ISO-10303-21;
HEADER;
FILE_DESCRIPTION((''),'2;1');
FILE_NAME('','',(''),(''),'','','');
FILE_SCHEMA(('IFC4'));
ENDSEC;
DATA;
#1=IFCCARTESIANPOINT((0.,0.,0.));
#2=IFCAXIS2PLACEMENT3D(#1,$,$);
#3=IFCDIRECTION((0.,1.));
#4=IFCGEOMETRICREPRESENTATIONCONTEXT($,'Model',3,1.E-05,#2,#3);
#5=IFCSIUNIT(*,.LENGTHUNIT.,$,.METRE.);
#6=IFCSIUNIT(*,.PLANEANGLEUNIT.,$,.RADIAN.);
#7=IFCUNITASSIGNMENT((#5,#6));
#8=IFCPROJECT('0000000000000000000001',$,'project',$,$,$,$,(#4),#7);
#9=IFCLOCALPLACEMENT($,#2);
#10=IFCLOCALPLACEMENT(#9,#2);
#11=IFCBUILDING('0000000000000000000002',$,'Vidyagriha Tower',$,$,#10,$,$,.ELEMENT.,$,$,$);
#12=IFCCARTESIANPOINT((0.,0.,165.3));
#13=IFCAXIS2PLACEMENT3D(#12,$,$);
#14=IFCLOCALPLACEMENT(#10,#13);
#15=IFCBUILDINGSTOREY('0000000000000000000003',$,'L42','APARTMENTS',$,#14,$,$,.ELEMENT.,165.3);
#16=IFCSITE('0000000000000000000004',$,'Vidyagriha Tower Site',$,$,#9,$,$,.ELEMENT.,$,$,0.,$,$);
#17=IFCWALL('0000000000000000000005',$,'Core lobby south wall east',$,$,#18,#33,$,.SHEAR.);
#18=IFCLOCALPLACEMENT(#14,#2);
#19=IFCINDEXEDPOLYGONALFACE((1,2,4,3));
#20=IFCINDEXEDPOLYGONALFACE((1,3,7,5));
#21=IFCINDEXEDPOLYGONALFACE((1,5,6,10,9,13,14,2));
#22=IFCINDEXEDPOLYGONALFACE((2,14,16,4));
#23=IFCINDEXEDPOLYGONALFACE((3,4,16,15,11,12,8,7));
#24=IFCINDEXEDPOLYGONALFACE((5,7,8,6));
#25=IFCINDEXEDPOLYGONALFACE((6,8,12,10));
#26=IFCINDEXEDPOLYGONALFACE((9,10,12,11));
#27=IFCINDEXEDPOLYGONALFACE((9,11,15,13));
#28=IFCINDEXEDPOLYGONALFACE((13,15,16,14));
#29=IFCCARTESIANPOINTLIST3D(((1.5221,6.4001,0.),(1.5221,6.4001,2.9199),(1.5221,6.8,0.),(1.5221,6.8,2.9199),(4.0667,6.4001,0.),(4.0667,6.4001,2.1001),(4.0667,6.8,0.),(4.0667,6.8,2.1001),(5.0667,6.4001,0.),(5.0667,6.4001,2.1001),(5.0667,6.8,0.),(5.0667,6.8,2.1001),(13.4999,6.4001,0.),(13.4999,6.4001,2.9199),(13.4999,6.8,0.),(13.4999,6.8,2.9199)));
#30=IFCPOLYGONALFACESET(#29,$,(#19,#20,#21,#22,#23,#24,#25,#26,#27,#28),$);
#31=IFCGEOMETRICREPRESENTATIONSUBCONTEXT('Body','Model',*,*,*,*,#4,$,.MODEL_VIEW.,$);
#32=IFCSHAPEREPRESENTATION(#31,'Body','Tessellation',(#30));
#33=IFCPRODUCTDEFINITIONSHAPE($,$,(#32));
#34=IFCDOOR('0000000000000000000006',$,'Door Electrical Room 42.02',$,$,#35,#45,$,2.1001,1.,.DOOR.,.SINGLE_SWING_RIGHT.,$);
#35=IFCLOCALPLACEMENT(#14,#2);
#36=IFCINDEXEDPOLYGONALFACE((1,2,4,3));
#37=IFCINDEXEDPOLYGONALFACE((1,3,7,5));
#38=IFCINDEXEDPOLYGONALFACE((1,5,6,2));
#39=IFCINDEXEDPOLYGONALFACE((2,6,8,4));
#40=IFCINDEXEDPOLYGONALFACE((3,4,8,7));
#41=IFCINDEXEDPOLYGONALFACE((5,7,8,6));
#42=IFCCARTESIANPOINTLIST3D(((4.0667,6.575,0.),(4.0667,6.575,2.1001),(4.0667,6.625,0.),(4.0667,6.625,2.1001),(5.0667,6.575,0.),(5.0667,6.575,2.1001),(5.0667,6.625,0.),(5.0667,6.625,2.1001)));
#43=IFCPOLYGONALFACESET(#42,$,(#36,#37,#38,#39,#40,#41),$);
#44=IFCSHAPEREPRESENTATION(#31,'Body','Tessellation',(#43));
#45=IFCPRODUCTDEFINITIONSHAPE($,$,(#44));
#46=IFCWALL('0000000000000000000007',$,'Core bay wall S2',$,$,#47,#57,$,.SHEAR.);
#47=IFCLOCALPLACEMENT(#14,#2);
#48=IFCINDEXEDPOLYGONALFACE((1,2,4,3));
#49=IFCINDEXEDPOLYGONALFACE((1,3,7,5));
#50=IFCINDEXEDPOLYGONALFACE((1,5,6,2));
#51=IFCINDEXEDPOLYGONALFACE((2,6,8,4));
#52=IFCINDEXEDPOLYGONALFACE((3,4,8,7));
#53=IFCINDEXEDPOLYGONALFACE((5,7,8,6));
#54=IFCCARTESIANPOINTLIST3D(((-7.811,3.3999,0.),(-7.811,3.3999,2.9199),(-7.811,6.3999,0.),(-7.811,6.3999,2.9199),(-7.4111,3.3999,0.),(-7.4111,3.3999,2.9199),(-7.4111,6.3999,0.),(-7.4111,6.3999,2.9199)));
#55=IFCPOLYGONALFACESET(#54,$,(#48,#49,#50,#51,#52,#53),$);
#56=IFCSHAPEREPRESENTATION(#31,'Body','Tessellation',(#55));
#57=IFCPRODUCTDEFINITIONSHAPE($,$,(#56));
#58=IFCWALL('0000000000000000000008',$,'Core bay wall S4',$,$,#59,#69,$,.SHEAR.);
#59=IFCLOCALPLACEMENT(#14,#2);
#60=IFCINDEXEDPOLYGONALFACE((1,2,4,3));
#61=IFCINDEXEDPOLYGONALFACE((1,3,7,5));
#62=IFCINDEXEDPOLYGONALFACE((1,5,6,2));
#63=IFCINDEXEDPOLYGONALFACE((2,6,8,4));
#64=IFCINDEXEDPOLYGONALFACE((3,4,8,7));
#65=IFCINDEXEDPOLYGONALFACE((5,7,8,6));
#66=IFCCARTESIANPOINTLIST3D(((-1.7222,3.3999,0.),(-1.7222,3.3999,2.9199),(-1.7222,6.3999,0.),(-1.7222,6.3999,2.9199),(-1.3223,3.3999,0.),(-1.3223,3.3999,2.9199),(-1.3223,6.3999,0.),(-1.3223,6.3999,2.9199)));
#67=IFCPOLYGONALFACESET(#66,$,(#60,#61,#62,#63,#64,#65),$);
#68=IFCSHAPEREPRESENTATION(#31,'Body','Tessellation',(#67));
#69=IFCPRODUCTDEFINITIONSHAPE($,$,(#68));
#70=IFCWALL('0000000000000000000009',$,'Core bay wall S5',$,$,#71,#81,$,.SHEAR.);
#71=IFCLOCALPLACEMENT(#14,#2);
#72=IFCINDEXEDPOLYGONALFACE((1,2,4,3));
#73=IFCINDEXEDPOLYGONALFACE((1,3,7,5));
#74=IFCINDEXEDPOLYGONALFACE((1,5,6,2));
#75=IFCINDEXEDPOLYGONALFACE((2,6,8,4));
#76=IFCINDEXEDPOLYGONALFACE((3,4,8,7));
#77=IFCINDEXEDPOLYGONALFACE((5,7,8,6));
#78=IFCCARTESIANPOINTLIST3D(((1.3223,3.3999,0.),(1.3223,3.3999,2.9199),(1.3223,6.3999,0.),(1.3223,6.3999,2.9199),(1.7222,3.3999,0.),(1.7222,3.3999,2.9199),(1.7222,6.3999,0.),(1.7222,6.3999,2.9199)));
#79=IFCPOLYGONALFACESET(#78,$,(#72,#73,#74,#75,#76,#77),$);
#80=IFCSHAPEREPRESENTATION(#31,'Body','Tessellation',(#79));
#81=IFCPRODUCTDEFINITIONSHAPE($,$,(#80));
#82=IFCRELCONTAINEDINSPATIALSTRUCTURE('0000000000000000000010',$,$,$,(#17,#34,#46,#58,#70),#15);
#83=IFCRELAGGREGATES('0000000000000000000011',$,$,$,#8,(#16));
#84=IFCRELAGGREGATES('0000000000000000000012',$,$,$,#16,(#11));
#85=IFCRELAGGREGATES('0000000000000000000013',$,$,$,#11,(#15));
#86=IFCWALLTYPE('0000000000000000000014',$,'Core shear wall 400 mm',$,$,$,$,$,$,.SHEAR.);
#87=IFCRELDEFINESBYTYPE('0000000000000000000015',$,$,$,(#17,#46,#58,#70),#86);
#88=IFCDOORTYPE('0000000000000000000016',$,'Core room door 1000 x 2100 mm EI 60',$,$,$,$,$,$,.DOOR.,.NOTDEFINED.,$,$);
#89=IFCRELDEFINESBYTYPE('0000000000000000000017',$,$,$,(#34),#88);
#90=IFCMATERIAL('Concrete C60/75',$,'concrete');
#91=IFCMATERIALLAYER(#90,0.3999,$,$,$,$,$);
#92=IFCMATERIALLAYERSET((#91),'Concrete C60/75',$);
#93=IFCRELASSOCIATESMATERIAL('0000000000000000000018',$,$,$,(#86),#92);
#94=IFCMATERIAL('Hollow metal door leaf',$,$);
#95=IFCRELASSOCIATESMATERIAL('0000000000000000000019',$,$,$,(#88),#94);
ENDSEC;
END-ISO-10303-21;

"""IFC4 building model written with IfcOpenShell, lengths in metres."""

from ifc_helpers import new_model, si_unit, direction, frame, frame_2d, origin, place, context, subcontext, project, spatial, rectangle, extrude, material, layer, layer_set, type_object, element, fill, save


model = new_model("IFC4")

# Units and contexts
model_context = context("Model", 3, precision=1e-05, world=origin(), true_north=direction((0.0, 1.0)))
body_context = subcontext(model_context, "Body", "Model", "MODEL_VIEW")
ifc_project = project(units=[si_unit("LENGTHUNIT", "METRE"), si_unit("PLANEANGLEUNIT", "RADIAN")], contexts=[model_context])

# Site, building, storey
site_placement = place(None, origin())
site = spatial("IfcSite", under=ifc_project, at=site_placement, Name="Vidyagriha Tower Site", CompositionType="ELEMENT", RefElevation=0.0)
building_placement = place(site_placement, origin())
building = spatial("IfcBuilding", under=site, at=building_placement, Name="Vidyagriha Tower", CompositionType="ELEMENT")
storey_placement = place(building_placement, frame((0.0, 0.0, 165.3)))
storey = spatial("IfcBuildingStorey", under=building, at=storey_placement, Name="L42", Description="APARTMENTS", CompositionType="ELEMENT", Elevation=165.3)

# Shared definitions
ifc_material_1 = material(Name="Concrete C60/75", Category="concrete")
ifc_layer_1 = layer(ifc_material_1, 0.3999)
ifc_layer_set_1 = layer_set([ifc_layer_1], Name="Concrete C60/75")
wall_type = type_object("IfcWallType", Name="Core shear wall 400 mm", PredefinedType="SHEAR", material=ifc_layer_set_1)

# Wall, opening, door
ifc_material_2 = material(Name="Hollow metal door leaf")
door_type_1 = type_object("IfcDoorType", Name="Core room door 1000 x 2100 mm EI 60", OperationType="NOTDEFINED", PredefinedType="DOOR", material=ifc_material_2)
wall_1_placement = place(storey_placement, frame((1.5222, 6.6001, 0.0)))
wall_1 = element("IfcWall", 1, at=wall_1_placement, inside=storey, type_object=wall_type, Name="Core lobby south wall east", PredefinedType="SHEAR", context=body_context, shape_type="SweptSolid", body=[
    extrude(rectangle(XDim=11.9778, YDim=0.3999, at=frame_2d((5.9888, 0.0))), origin(), (0.0, 0.0, 1.0), 2.9199),
])
opening_1_placement = place(wall_1_placement, frame((2.5444, 0.0, 0.0)))
opening_1 = element("IfcOpeningElement", 2, at=opening_1_placement, cuts=wall_1, PredefinedType="OPENING", context=body_context, shape_type="SweptSolid", body=[
    extrude(rectangle(XDim=1.0, YDim=2.1001, at=frame_2d((0.5, 1.05))), frame((0.0, 0.21, 0.0), z_axis=(0.0, -1.0, 0.0), x_axis=(1.0, 0.0, 0.0)), (0.0, 0.0, 1.0), 0.4199),
])
door_1_placement = place(opening_1_placement, origin())
door_1 = element("IfcDoor", 3, at=door_1_placement, inside=storey, type_object=door_type_1, Name="Door Electrical Room 42.02", OperationType="SINGLE_SWING_RIGHT", OverallHeight=2.1001, OverallWidth=1.0, PredefinedType="DOOR", context=body_context, shape_type="SweptSolid", body=[
    extrude(rectangle(XDim=1.0, YDim=2.1001, at=frame_2d((0.5, 1.05))), frame((0.0, 0.0249, 0.0), z_axis=(0.0, -1.0, 0.0), x_axis=(1.0, 0.0, 0.0)), (0.0, 0.0, 1.0), 0.05),
])
fill(opening_1, door_1)

# Walls
for number, where, z_axis, x_axis, name in (
    (4, (-7.6111, 3.3999, 0.0), (0.0, 0.0, 1.0), (0.0, 1.0, 0.0), "Core bay wall S2"),
    (5, (-1.5222, 3.3999, 0.0), (0.0, 0.0, 1.0), (0.0, 1.0, 0.0), "Core bay wall S4"),
    (6, (1.5222, 3.3999, 0.0), (0.0, 0.0, 1.0), (0.0, 1.0, 0.0), "Core bay wall S5"),
):
    element("IfcWall", number, at=place(storey_placement, frame(where, z_axis=z_axis, x_axis=x_axis)), inside=storey, type_object=wall_type, Name=name, PredefinedType="SHEAR", context=body_context, shape_type="SweptSolid", body=[
        extrude(rectangle(XDim=3.0, YDim=0.3999, at=frame_2d((1.5, 0.0))), origin(), (0.0, 0.0, 1.0), 2.9199),
    ])

save(model, "model.ifc")
